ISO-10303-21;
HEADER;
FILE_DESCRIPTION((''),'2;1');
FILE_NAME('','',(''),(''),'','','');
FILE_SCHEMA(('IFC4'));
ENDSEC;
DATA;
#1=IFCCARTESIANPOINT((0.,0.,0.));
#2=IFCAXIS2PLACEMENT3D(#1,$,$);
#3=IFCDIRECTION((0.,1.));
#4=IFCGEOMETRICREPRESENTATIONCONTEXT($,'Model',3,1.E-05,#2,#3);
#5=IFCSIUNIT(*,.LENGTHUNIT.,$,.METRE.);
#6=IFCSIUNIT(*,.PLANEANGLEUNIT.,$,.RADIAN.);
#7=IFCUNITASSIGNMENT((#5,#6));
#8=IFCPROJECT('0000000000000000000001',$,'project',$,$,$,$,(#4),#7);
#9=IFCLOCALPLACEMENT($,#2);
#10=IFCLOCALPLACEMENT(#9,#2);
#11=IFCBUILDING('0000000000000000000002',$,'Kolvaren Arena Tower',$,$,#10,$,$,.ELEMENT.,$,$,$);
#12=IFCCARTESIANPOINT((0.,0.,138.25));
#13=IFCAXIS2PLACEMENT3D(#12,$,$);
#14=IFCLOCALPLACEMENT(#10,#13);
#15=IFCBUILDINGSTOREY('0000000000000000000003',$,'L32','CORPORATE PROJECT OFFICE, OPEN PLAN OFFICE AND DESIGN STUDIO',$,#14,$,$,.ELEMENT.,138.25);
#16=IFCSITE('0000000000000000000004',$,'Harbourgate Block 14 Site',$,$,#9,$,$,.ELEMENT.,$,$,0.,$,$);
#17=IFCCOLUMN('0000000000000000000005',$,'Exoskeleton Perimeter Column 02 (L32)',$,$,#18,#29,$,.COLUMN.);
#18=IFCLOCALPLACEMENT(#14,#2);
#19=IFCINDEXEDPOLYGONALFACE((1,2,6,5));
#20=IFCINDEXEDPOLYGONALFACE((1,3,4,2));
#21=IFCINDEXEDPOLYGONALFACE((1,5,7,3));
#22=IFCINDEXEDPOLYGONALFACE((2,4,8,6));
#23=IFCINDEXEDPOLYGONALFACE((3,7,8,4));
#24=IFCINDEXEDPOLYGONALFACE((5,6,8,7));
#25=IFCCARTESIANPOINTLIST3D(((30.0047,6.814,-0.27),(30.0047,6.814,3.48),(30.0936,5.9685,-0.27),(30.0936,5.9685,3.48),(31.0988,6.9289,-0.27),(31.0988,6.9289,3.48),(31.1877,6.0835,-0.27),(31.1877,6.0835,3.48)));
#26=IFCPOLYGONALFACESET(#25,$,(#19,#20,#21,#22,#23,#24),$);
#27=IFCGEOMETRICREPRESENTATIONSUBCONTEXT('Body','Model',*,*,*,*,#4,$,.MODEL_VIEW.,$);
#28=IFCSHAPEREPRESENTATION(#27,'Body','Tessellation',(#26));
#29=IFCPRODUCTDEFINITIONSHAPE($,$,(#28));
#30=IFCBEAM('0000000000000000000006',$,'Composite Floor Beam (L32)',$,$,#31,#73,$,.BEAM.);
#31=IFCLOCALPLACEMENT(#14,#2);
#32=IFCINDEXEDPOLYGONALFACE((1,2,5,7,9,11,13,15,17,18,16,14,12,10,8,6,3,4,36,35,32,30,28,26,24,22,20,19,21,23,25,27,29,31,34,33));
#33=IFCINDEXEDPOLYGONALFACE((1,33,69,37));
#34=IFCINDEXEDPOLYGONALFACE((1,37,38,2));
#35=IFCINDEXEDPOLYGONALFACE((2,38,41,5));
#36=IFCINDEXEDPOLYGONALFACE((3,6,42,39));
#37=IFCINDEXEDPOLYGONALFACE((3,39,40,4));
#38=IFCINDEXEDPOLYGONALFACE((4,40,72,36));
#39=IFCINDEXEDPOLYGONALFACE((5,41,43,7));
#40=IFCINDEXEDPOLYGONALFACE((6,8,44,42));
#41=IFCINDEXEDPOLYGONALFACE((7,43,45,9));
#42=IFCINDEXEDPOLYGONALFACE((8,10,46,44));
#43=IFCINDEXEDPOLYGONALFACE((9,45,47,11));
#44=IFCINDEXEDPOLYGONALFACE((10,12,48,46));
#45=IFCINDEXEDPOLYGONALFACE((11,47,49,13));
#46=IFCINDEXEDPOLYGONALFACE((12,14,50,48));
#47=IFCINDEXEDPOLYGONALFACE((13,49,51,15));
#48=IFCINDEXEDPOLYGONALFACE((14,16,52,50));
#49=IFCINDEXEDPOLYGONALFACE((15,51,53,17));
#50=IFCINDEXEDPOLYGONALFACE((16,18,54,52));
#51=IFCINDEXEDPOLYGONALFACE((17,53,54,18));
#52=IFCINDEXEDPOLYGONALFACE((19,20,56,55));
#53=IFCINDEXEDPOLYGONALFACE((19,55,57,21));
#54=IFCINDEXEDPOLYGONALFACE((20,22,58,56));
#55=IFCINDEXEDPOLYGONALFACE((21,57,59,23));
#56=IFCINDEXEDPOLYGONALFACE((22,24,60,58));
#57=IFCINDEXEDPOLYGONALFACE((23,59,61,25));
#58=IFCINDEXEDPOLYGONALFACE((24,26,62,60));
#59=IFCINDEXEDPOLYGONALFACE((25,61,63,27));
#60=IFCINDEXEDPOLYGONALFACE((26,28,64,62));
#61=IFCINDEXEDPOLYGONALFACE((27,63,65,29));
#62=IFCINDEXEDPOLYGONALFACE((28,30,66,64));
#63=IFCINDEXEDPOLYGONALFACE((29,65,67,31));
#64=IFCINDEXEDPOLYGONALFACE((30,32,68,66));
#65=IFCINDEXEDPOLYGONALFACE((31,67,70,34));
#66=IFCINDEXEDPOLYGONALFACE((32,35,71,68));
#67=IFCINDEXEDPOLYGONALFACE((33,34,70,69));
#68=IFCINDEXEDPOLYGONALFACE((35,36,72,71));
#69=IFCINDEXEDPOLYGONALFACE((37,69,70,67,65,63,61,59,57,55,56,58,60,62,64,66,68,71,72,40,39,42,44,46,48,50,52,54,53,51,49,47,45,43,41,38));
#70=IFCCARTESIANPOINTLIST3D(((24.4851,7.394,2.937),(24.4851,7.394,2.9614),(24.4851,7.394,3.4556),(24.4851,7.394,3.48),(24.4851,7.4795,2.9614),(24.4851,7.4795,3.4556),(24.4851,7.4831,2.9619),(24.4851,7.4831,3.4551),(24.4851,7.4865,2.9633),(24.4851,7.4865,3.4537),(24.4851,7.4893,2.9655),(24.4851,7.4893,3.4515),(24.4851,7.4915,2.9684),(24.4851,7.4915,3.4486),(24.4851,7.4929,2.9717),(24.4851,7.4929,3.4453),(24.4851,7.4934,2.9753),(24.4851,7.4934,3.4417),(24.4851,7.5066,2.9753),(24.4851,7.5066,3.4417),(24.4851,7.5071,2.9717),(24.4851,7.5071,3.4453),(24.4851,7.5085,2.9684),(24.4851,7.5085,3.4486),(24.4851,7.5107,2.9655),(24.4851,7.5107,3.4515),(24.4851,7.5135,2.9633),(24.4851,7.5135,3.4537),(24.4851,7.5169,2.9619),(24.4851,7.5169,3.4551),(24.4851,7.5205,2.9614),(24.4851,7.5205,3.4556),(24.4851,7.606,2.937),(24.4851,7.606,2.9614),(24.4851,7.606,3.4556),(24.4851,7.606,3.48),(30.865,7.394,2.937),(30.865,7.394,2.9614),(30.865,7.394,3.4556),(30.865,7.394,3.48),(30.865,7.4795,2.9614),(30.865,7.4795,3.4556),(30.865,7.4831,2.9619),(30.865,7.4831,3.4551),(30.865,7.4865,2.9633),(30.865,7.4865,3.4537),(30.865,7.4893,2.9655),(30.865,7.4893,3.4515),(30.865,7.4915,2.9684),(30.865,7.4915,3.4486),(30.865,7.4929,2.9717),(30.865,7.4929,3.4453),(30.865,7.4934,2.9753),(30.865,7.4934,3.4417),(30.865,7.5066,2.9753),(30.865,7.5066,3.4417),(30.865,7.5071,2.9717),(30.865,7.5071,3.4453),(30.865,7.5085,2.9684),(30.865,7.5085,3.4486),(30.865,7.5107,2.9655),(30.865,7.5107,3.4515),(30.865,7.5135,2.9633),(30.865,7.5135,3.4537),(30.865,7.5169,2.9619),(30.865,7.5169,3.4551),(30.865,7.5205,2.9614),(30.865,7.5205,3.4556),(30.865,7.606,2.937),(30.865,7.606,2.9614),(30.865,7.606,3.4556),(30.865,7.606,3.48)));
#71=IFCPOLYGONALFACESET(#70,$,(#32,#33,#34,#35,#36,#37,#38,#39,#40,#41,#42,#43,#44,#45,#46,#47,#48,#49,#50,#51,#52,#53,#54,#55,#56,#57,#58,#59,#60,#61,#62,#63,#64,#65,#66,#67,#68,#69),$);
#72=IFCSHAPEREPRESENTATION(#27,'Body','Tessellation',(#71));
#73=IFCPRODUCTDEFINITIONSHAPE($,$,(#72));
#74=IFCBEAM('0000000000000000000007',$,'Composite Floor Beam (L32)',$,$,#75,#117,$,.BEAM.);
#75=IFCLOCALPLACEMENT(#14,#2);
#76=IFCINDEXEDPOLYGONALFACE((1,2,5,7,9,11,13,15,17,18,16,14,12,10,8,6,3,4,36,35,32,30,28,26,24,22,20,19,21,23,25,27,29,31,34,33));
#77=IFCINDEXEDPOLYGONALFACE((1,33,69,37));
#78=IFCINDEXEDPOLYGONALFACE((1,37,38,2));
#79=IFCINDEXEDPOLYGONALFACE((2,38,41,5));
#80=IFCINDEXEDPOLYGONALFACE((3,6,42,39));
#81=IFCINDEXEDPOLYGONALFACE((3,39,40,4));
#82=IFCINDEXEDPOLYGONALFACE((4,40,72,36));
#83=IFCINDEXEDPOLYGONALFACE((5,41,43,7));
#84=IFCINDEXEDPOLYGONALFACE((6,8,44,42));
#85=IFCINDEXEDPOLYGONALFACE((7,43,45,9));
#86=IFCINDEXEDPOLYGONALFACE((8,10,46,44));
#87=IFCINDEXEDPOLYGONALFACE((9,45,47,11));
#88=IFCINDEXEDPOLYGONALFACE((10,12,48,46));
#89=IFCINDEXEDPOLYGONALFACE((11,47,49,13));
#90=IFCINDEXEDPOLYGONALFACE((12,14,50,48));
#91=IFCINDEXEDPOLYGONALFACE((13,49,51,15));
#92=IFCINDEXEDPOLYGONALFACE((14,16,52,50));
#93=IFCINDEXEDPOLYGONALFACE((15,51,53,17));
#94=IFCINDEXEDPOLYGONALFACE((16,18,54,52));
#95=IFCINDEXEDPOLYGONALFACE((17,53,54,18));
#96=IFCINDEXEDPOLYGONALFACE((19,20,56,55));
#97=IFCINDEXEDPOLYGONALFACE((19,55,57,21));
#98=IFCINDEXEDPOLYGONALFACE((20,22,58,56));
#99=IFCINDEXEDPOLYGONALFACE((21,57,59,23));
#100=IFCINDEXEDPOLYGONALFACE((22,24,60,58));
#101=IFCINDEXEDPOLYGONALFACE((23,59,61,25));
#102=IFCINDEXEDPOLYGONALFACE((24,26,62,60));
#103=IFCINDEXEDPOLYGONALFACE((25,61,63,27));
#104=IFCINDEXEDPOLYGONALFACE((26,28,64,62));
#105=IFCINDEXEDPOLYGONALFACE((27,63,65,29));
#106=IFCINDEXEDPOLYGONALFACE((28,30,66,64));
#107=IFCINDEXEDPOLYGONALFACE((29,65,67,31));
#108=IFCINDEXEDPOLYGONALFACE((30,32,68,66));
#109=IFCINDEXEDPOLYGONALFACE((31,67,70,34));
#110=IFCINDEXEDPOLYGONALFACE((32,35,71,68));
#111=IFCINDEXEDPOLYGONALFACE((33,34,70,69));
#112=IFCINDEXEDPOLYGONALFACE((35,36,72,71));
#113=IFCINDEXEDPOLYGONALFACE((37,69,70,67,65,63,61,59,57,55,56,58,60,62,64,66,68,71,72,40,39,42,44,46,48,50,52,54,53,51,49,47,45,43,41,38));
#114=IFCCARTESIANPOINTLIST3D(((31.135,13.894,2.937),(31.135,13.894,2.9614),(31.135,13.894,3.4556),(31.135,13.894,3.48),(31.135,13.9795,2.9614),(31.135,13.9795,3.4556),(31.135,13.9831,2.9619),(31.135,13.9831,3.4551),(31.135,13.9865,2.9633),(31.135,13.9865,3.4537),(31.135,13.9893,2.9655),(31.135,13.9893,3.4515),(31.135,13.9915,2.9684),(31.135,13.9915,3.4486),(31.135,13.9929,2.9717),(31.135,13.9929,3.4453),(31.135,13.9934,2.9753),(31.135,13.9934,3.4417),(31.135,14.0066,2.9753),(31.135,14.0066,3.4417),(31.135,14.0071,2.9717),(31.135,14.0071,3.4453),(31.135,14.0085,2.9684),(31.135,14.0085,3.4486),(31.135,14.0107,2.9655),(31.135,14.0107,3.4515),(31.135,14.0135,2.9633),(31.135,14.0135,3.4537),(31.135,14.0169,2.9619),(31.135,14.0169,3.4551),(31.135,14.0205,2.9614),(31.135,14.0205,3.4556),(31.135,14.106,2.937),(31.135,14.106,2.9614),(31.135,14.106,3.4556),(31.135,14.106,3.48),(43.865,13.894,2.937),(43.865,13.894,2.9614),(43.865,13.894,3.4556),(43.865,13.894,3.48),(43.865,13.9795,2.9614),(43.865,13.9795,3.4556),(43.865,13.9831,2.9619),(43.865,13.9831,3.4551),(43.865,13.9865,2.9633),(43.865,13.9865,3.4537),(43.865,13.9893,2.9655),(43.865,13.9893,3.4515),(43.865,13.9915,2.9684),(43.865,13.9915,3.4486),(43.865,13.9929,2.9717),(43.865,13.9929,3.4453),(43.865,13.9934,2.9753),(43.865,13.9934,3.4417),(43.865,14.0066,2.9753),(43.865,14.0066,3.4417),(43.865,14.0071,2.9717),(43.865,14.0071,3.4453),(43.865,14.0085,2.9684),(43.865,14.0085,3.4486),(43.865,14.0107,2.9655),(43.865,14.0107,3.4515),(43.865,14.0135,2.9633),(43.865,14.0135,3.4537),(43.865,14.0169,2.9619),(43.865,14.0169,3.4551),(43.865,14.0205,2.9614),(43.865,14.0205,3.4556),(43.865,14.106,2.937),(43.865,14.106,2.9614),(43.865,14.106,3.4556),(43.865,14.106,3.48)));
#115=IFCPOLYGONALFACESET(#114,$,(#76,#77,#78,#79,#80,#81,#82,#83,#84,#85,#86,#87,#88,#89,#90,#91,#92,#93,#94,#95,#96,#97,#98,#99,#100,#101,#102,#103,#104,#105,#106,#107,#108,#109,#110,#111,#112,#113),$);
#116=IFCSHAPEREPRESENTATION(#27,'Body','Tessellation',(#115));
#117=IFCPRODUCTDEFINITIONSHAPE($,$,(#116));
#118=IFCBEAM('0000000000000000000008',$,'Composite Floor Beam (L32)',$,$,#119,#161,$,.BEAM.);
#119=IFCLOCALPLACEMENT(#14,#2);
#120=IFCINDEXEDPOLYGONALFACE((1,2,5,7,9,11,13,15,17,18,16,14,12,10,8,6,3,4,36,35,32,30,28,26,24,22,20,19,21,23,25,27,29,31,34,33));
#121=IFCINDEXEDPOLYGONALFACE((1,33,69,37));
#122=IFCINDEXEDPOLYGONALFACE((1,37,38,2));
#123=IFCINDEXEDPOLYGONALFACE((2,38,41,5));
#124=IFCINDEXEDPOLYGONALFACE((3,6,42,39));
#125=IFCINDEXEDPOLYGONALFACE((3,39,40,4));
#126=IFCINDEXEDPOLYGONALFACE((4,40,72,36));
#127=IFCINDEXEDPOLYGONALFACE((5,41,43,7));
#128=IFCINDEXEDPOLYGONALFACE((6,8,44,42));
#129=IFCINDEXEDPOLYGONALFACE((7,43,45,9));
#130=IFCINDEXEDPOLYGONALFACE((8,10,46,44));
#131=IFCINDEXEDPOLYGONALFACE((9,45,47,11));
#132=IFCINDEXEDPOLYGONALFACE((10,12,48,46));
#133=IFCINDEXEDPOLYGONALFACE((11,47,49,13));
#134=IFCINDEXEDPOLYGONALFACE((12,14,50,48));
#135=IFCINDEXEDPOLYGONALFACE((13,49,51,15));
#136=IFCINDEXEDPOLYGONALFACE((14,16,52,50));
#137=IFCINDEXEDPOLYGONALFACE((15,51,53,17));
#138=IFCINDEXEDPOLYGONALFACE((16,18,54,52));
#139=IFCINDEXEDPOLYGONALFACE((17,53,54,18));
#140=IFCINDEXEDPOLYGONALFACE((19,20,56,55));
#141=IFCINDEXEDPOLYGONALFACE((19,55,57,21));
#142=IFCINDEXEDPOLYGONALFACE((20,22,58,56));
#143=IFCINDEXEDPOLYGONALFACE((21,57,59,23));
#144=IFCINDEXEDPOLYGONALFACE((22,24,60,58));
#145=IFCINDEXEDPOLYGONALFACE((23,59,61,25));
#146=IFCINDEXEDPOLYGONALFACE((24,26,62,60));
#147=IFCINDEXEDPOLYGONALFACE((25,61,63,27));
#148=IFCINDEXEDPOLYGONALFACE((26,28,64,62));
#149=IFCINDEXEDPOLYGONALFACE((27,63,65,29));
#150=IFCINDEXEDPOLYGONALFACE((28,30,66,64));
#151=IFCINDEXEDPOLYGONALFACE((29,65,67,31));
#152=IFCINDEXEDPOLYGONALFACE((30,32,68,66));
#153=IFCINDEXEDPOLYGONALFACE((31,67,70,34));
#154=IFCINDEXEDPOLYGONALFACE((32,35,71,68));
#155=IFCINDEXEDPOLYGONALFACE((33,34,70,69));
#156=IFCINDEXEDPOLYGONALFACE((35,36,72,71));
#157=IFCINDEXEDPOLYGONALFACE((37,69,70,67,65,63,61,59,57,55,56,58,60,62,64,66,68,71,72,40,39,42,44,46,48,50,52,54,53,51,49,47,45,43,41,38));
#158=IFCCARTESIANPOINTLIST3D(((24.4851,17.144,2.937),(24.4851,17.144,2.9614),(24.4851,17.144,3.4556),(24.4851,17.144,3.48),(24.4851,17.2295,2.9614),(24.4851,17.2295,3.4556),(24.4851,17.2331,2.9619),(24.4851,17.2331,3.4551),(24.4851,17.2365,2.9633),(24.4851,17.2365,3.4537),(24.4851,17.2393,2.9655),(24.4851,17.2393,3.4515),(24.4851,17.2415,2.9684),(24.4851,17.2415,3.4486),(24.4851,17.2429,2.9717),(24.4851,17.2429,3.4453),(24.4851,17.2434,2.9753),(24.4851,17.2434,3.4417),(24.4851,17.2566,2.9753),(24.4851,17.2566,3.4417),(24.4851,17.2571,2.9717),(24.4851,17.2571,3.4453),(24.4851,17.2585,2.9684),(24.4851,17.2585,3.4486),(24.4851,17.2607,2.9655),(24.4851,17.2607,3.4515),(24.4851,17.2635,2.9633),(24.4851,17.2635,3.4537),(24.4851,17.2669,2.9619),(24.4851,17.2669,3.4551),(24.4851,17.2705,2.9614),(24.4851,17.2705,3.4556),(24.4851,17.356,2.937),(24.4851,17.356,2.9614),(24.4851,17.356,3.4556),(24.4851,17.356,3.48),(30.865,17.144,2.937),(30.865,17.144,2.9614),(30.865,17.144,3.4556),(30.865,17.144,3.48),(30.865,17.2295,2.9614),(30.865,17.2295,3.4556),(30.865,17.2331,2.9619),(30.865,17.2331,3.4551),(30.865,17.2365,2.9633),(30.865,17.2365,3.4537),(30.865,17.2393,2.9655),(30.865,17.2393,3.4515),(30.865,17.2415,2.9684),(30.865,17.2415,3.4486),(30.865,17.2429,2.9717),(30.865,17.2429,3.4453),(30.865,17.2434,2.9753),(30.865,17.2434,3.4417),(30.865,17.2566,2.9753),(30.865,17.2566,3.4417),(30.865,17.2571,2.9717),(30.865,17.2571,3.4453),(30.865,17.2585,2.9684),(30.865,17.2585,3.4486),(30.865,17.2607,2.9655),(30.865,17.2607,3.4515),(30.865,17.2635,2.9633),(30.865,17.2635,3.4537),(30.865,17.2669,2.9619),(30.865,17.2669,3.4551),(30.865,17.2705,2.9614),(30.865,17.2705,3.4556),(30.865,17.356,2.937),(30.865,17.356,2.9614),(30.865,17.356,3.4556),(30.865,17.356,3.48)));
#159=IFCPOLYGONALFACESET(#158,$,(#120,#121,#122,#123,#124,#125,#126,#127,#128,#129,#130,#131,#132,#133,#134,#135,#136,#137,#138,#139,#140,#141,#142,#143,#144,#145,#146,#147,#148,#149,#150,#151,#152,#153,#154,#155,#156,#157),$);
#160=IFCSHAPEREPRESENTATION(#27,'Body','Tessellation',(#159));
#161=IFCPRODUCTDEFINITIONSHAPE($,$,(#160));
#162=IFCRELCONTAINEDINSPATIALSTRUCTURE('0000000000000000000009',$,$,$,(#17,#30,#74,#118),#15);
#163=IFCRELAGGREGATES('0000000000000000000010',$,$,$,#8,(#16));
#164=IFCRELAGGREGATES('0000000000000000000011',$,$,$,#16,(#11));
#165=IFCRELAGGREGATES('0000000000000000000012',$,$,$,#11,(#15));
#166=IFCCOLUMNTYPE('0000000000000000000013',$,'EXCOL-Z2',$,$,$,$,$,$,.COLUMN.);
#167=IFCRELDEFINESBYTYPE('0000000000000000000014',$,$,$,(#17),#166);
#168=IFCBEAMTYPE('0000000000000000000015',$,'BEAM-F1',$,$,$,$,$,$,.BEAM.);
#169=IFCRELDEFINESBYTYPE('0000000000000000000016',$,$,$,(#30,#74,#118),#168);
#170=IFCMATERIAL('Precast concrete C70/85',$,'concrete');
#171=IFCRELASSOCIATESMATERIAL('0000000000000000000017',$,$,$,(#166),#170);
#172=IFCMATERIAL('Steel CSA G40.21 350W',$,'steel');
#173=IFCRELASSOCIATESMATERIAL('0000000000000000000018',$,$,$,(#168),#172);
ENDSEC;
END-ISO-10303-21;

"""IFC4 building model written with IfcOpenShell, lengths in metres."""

from ifc_helpers import new_model, si_unit, direction, frame, origin, origin_2d, place, context, subcontext, project, spatial, rectangle, i_section, extrude, material, material_profile, profile_set, type_object, element, save


model = new_model("IFC4")

# Units and contexts
model_context = context("Model", 3, precision=1e-05, world=origin(), true_north=direction((0.0, 1.0)))
body_context = subcontext(model_context, "Body", "Model", "MODEL_VIEW")
ifc_project = project(units=[si_unit("LENGTHUNIT", "METRE"), si_unit("PLANEANGLEUNIT", "RADIAN")], contexts=[model_context])

# Site, building, storey
site_placement = place(None, origin())
site = spatial("IfcSite", under=ifc_project, at=site_placement, Name="Harbourgate Block 14 Site", CompositionType="ELEMENT", RefElevation=0.0)
building_placement = place(site_placement, origin())
building = spatial("IfcBuilding", under=site, at=building_placement, Name="Kolvaren Arena Tower", CompositionType="ELEMENT")
storey_placement = place(building_placement, frame((0.0, 0.0, 138.25)))
storey = spatial("IfcBuildingStorey", under=building, at=storey_placement, Name="L32", Description="CORPORATE PROJECT OFFICE, OPEN PLAN OFFICE AND DESIGN STUDIO", CompositionType="ELEMENT", Elevation=138.25)

# Column
ifc_material_1 = material(Name="Precast concrete C70/85", Category="concrete")
ifc_material_profile_1 = material_profile(ifc_material_1, rectangle(XDim=1.1001, YDim=0.8501, at=origin_2d()), Name="RC-1100x850")
ifc_profile_set_1 = profile_set([ifc_material_profile_1], Name="Precast concrete C70/85")
column_type = type_object("IfcColumnType", Name="EXCOL-Z2", PredefinedType="COLUMN", material=ifc_profile_set_1)
column_placement = place(storey_placement, frame((30.5962, 6.4487, -0.27), z_axis=(0.0, 0.0, 1.0), x_axis=(0.994522, 0.104528, 0.0)))
element("IfcColumn", 1, at=column_placement, inside=storey, type_object=column_type, Name="Exoskeleton Perimeter Column 02 (L32)", PredefinedType="COLUMN", context=body_context, shape_type="SweptSolid", body=[
    extrude(rectangle(XDim=1.1001, YDim=0.8501, at=origin_2d()), origin(), (0.0, 0.0, 1.0), 3.75),
])

# Beams
ifc_material_2 = material(Name="Steel CSA G40.21 350W", Category="steel")
ifc_material_profile_2 = material_profile(ifc_material_2, i_section(OverallWidth=0.2119, OverallDepth=0.543, WebThickness=0.0132, FlangeThickness=0.0244, FilletRadius=0.0139, at=origin_2d()), Name="W530x150")
ifc_profile_set_2 = profile_set([ifc_material_profile_2], Name="Steel CSA G40.21 350W")
beam_type_1 = type_object("IfcBeamType", Name="BEAM-F1", PredefinedType="BEAM", material=ifc_profile_set_2)
beam_1_placement = place(storey_placement, frame((24.4851, 7.5, 3.2085), z_axis=(1.0, 0.0, 0.0), x_axis=(0.0, 1.0, 0.0)))
element("IfcBeam", 2, at=beam_1_placement, inside=storey, type_object=beam_type_1, Name="Composite Floor Beam (L32)", PredefinedType="BEAM", context=body_context, shape_type="SweptSolid", body=[
    extrude(i_section(OverallWidth=0.2119, OverallDepth=0.543, WebThickness=0.0132, FlangeThickness=0.0244, FilletRadius=0.0139, at=origin_2d()), origin(), (0.0, 0.0, 1.0), 6.3799),
])
beam_2_placement = place(storey_placement, frame((31.135, 14.0, 3.2085), z_axis=(1.0, 0.0, 0.0), x_axis=(0.0, 1.0, 0.0)))
element("IfcBeam", 3, at=beam_2_placement, inside=storey, type_object=beam_type_1, Name="Composite Floor Beam (L32)", PredefinedType="BEAM", context=body_context, shape_type="SweptSolid", body=[
    extrude(i_section(OverallWidth=0.2119, OverallDepth=0.543, WebThickness=0.0132, FlangeThickness=0.0244, FilletRadius=0.0139, at=origin_2d()), origin(), (0.0, 0.0, 1.0), 12.73),
])
beam_3_placement = place(storey_placement, frame((24.4851, 17.25, 3.2085), z_axis=(1.0, 0.0, 0.0), x_axis=(0.0, 1.0, 0.0)))
element("IfcBeam", 4, at=beam_3_placement, inside=storey, type_object=beam_type_1, Name="Composite Floor Beam (L32)", PredefinedType="BEAM", context=body_context, shape_type="SweptSolid", body=[
    extrude(i_section(OverallWidth=0.2119, OverallDepth=0.543, WebThickness=0.0132, FlangeThickness=0.0244, FilletRadius=0.0139, at=origin_2d()), origin(), (0.0, 0.0, 1.0), 6.3799),
])

save(model, "model.ifc")
